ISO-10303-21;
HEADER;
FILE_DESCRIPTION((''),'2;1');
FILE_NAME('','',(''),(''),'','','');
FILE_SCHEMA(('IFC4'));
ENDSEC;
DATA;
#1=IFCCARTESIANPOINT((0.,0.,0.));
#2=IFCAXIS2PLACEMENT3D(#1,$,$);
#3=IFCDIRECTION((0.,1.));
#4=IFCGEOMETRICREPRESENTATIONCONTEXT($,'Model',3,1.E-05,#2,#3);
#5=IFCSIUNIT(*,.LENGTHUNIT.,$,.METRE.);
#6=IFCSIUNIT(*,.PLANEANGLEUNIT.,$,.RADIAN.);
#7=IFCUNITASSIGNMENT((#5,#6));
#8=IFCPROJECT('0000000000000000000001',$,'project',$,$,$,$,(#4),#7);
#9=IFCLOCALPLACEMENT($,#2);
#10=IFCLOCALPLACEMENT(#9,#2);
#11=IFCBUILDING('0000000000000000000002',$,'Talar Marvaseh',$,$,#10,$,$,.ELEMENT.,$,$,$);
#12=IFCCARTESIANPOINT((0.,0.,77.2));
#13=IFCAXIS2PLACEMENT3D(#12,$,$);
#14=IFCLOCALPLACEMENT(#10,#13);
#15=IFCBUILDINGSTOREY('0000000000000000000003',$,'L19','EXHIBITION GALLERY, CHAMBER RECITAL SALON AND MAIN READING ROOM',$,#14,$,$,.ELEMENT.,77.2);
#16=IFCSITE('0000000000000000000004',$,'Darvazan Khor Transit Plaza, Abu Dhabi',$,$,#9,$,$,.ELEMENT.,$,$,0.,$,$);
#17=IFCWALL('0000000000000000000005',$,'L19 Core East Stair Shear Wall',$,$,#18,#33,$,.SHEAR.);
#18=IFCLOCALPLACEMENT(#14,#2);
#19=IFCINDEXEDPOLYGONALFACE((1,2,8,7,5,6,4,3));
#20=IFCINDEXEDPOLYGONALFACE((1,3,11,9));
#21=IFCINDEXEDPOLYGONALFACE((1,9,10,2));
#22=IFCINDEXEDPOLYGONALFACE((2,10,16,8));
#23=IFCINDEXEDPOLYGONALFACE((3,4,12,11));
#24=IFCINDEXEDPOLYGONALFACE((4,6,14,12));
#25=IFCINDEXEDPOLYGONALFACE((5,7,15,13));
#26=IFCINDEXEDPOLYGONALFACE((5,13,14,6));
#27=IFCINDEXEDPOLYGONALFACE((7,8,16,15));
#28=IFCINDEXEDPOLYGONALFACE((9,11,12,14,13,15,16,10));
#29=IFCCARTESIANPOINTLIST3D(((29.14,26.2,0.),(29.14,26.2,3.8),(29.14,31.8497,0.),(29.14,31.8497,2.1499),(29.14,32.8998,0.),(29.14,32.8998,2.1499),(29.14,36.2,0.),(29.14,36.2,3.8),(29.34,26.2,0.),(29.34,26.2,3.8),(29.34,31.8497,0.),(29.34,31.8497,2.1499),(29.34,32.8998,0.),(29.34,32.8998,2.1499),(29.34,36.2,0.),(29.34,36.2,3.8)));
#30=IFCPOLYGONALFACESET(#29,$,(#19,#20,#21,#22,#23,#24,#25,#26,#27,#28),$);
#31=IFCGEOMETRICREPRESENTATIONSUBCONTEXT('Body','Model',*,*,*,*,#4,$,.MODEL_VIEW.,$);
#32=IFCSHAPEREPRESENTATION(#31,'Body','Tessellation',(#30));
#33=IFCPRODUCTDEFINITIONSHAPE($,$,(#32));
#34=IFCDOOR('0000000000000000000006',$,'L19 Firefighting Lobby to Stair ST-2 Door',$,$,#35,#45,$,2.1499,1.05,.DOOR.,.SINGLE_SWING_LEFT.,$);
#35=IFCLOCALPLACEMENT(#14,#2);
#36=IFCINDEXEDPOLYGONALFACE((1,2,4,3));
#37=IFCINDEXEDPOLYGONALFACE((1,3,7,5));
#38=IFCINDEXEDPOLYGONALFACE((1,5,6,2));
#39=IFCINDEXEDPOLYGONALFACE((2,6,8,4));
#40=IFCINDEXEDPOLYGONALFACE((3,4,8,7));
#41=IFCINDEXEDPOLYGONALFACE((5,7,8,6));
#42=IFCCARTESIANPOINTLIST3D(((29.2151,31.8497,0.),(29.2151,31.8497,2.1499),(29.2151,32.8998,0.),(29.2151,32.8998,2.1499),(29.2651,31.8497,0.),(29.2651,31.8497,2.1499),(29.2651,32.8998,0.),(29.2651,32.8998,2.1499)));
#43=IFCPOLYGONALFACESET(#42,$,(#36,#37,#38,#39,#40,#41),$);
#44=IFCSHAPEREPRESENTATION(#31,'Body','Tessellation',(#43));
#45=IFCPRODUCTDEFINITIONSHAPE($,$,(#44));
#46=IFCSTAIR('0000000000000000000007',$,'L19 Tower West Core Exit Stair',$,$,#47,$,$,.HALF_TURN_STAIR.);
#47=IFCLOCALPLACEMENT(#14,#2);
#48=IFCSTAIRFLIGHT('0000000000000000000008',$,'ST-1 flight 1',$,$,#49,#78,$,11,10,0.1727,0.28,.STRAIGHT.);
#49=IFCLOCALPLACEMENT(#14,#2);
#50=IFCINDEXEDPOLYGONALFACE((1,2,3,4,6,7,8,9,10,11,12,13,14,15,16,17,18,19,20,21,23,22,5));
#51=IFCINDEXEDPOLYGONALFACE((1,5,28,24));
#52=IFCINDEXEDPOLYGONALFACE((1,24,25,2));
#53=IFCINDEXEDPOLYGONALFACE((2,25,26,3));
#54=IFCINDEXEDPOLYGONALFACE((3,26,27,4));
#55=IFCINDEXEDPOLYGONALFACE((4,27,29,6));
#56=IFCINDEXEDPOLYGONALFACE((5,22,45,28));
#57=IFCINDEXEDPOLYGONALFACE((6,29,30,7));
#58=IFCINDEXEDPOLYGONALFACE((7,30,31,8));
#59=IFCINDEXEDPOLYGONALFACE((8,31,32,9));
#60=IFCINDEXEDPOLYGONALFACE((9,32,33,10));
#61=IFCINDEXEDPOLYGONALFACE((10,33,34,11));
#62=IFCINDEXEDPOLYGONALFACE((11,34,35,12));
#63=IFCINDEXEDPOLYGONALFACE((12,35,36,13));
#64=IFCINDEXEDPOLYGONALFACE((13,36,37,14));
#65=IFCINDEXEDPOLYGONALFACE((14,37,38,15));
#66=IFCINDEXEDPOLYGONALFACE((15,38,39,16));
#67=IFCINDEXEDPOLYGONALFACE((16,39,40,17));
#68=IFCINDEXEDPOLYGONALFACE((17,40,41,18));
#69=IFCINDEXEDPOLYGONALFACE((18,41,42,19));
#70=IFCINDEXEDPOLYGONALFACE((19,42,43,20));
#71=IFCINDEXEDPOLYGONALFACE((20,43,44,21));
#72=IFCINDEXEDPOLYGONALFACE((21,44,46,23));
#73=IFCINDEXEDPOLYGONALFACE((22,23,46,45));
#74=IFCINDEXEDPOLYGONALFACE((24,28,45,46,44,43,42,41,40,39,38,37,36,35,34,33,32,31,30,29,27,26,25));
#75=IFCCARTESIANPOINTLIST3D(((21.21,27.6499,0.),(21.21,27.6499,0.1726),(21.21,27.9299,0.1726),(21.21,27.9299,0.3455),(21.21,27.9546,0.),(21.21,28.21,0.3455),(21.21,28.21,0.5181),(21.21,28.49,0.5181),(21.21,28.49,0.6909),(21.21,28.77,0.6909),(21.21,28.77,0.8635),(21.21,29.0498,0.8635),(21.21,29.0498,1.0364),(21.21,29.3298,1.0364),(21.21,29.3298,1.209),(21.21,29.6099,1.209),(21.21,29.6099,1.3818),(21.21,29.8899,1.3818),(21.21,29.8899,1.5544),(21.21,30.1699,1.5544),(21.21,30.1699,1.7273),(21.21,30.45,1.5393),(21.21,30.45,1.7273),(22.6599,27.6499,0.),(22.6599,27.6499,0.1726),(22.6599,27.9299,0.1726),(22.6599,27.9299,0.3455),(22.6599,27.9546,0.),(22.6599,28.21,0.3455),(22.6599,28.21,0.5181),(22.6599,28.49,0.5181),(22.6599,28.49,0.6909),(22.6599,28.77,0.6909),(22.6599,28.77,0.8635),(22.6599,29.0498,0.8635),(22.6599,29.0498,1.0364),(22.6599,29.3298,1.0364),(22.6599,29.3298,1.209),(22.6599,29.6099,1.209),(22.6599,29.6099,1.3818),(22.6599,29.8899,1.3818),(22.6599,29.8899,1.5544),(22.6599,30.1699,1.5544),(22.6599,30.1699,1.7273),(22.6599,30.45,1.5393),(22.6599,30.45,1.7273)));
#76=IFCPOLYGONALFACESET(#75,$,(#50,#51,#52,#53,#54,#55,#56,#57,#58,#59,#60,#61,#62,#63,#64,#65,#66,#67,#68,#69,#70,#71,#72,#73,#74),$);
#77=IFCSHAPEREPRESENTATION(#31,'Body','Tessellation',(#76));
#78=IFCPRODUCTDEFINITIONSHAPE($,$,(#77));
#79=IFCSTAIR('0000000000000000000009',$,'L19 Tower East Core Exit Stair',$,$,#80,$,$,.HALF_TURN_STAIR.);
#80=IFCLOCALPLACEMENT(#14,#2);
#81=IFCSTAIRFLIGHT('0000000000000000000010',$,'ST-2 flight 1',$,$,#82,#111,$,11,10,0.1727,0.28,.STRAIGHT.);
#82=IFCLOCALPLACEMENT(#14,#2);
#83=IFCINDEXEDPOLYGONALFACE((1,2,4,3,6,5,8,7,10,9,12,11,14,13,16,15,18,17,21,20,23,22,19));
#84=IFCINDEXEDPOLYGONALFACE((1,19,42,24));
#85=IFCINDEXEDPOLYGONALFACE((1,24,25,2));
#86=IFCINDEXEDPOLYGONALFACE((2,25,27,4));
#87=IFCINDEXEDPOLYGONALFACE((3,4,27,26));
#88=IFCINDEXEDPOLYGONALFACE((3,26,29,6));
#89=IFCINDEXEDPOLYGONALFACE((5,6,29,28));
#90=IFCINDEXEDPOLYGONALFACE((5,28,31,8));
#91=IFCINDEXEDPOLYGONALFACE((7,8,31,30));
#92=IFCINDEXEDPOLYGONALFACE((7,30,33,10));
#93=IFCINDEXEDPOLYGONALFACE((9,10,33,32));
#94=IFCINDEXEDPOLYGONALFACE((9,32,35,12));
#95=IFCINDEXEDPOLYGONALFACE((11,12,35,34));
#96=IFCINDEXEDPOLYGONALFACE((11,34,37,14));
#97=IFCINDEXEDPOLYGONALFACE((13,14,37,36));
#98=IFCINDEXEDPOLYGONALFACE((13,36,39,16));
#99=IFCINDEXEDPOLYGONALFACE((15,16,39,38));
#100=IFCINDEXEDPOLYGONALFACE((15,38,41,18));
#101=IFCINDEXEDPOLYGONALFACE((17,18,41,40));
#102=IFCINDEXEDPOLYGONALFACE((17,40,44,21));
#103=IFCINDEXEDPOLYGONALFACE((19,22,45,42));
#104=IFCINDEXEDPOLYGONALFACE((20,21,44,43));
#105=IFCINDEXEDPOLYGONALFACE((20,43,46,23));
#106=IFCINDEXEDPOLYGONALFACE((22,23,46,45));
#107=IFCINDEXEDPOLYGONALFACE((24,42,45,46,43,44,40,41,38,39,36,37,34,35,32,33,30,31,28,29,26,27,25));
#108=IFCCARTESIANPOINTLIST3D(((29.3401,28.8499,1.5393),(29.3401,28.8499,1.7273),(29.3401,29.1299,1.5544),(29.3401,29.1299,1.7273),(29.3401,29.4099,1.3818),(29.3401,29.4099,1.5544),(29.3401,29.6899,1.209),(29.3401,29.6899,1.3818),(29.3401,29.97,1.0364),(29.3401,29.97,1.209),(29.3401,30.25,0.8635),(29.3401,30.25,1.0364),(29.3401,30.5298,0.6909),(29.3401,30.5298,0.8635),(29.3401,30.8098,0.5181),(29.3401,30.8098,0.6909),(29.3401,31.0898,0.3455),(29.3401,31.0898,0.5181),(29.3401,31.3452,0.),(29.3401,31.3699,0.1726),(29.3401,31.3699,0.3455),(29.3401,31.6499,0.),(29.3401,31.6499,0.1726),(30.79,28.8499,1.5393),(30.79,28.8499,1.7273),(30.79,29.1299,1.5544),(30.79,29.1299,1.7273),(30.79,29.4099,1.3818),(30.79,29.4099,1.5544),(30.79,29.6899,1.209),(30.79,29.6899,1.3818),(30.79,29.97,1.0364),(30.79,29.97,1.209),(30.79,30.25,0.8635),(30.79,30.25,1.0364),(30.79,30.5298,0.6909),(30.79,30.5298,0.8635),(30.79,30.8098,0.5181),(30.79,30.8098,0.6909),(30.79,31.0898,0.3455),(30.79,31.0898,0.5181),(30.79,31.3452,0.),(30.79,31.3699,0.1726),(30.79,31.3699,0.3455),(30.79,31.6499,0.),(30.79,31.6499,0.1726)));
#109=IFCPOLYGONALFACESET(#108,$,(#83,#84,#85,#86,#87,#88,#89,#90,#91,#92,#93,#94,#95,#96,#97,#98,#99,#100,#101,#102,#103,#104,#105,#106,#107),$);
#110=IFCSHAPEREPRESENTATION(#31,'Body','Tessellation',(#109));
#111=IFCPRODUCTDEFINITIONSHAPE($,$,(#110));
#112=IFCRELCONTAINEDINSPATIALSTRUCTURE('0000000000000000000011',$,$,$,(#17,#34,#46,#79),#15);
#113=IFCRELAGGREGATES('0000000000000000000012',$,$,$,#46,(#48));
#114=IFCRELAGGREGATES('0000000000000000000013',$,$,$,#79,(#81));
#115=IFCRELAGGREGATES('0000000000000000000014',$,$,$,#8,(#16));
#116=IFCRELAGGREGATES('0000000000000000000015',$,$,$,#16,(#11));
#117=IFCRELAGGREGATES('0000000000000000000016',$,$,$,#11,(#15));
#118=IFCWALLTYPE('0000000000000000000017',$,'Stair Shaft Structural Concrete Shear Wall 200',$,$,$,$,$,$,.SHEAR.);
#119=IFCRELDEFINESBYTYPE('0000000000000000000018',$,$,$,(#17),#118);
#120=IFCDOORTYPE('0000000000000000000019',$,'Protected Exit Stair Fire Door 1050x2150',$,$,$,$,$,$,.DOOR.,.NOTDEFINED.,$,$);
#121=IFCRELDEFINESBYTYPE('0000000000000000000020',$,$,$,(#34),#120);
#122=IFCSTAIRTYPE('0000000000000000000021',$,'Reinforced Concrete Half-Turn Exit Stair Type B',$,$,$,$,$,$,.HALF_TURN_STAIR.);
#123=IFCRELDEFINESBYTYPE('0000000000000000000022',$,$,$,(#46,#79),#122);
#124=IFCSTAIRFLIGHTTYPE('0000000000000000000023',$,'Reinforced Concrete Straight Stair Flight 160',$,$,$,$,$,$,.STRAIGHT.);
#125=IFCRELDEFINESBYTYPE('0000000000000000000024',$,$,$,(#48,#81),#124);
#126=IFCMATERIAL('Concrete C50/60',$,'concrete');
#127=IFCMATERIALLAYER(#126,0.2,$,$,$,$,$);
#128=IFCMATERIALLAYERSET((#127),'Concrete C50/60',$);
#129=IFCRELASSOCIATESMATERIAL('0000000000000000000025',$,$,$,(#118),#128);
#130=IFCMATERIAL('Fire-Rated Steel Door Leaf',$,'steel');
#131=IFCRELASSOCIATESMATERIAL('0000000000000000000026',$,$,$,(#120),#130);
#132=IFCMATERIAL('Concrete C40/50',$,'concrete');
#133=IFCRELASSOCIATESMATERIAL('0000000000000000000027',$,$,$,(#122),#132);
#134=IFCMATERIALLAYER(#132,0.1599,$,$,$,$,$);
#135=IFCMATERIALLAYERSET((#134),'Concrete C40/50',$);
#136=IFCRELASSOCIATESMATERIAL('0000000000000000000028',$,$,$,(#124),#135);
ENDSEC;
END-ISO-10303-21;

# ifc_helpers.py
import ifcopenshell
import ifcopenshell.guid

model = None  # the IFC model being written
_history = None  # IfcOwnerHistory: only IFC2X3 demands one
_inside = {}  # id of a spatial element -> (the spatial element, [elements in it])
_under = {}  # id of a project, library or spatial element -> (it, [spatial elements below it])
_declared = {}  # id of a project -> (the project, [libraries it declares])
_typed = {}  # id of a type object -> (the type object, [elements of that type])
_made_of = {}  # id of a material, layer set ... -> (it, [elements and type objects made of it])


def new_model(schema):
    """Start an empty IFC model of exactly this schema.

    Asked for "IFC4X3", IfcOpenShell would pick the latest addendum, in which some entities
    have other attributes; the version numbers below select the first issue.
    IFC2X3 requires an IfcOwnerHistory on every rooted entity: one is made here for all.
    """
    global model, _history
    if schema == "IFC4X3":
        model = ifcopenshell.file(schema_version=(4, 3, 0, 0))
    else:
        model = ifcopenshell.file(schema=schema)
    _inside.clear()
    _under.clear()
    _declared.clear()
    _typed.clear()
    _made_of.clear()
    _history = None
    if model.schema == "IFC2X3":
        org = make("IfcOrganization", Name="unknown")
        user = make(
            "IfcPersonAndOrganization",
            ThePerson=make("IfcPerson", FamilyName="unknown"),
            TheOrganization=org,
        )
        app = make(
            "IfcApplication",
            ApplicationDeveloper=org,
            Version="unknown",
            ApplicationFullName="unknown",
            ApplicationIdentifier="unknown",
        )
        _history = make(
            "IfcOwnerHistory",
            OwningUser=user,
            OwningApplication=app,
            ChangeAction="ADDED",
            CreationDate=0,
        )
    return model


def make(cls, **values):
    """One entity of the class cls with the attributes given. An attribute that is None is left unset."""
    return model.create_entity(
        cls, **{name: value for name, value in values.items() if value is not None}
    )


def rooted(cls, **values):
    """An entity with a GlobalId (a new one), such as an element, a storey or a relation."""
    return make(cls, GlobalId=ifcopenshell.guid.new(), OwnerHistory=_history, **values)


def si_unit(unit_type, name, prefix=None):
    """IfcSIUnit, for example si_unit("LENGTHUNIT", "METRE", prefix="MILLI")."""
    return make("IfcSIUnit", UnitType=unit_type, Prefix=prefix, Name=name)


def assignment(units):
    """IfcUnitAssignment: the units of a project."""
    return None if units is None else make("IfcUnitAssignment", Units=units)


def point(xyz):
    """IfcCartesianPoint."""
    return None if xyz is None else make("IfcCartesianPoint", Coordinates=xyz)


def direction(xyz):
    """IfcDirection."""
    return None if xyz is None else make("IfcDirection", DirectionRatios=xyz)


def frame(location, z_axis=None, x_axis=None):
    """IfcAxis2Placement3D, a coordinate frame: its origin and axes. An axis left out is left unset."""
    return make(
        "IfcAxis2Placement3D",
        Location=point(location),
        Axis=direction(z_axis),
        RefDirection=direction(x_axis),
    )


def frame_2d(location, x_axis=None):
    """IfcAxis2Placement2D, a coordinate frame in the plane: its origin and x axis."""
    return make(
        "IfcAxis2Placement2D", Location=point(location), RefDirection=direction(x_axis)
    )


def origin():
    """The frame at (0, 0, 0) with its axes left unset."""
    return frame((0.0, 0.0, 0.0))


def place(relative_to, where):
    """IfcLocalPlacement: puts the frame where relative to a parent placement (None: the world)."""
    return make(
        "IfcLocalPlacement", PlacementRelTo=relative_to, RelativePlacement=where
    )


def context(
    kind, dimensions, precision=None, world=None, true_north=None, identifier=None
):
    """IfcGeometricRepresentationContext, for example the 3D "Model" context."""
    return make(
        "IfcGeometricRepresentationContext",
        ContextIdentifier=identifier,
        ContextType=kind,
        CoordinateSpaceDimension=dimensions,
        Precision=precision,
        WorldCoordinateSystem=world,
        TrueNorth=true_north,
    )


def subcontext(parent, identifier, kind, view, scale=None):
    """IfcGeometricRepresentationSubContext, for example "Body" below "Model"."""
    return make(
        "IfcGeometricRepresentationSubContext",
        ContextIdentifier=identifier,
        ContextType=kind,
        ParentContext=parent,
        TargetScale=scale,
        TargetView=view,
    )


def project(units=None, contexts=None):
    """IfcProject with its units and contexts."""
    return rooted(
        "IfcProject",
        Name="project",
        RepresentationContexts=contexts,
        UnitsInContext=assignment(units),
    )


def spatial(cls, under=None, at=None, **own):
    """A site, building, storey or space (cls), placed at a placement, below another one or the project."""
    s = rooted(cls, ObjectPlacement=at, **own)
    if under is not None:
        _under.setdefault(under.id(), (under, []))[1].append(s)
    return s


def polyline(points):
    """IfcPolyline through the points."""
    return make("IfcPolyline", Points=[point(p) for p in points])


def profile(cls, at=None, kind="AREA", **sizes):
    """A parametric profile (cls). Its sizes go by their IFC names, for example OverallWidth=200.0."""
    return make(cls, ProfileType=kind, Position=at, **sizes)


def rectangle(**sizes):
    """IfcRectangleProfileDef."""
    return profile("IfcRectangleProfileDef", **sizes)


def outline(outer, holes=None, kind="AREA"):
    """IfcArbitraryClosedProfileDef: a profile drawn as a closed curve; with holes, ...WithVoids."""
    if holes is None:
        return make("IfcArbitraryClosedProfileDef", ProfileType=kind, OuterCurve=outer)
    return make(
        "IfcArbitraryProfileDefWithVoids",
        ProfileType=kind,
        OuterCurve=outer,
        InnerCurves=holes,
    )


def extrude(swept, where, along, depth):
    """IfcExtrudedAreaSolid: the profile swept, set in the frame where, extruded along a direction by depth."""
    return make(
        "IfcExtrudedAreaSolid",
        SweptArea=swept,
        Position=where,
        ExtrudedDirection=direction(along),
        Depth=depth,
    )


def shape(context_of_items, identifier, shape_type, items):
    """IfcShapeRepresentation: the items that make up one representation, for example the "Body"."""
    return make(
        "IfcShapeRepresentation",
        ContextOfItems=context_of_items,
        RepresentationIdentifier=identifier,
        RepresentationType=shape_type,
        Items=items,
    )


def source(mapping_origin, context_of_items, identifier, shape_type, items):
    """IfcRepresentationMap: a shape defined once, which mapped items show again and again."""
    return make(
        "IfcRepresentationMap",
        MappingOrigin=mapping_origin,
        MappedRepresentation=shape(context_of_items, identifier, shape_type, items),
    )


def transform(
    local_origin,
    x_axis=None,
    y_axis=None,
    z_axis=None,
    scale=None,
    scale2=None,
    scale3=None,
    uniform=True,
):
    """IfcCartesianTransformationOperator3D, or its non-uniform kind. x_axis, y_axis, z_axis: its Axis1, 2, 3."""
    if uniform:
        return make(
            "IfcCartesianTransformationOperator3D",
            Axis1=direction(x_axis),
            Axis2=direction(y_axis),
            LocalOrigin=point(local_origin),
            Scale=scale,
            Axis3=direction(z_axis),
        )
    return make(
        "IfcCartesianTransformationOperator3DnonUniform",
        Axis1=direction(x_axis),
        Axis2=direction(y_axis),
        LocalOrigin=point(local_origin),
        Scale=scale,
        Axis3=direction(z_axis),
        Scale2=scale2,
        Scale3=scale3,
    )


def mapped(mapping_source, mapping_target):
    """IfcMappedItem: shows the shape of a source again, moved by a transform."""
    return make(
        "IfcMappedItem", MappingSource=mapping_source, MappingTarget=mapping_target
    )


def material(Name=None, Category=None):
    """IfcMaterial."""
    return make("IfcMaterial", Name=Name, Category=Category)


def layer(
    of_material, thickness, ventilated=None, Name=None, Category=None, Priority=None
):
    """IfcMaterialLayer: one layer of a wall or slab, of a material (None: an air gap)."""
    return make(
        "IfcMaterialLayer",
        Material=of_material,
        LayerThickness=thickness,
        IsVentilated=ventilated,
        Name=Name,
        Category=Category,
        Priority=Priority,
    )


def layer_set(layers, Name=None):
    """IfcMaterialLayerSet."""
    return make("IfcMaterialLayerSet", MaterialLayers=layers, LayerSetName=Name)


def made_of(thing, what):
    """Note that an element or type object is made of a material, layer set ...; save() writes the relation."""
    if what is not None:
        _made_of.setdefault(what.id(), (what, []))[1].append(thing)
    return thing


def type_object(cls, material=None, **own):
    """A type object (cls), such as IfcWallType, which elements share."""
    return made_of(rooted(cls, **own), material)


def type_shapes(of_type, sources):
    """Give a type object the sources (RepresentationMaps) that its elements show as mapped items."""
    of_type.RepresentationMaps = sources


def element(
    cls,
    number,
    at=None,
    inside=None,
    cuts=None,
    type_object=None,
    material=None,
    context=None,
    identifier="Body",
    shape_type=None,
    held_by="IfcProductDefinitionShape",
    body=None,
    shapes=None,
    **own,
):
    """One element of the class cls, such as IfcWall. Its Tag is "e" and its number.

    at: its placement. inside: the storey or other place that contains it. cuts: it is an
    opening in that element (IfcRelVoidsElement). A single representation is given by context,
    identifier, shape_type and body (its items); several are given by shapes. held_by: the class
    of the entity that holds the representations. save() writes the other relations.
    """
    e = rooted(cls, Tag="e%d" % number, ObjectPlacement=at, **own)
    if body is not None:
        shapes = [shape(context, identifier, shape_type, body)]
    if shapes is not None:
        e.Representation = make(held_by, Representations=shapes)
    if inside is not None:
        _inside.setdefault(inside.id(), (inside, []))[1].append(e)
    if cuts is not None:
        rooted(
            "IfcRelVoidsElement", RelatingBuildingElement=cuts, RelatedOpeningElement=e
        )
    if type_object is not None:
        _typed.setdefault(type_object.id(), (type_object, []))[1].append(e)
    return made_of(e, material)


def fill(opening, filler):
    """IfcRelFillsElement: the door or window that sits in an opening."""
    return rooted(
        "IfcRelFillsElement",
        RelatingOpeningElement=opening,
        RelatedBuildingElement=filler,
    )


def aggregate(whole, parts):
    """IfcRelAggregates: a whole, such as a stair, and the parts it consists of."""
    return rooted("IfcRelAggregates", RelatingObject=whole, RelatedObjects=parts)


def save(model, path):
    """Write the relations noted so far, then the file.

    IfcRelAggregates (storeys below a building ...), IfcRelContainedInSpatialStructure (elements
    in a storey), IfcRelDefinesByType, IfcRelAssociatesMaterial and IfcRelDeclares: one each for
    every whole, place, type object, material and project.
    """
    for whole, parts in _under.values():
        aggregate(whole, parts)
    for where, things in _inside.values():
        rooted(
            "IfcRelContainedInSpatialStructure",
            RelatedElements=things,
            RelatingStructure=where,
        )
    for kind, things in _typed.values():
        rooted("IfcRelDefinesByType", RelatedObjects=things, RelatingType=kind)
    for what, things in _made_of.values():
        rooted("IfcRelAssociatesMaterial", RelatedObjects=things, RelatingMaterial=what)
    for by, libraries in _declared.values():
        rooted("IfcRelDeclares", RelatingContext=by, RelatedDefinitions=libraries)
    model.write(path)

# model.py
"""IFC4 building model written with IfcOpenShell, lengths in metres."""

from ifc_helpers import new_model, si_unit, direction, frame, frame_2d, origin, place, context, subcontext, project, spatial, polyline, rectangle, outline, extrude, source, transform, mapped, material, layer, layer_set, type_object, type_shapes, element, fill, aggregate, save


model = new_model("IFC4")

# Units and contexts
model_context = context("Model", 3, precision=1e-05, world=origin(), true_north=direction((0.0, 1.0)))
body_context = subcontext(model_context, "Body", "Model", "MODEL_VIEW")
ifc_project = project(units=[si_unit("LENGTHUNIT", "METRE"), si_unit("PLANEANGLEUNIT", "RADIAN")], contexts=[model_context])

# Site, building, storey
site_placement = place(None, origin())
site = spatial("IfcSite", under=ifc_project, at=site_placement, Name="Darvazan Khor Transit Plaza, Abu Dhabi", CompositionType="ELEMENT", RefElevation=0.0)
building_placement = place(site_placement, origin())
building = spatial("IfcBuilding", under=site, at=building_placement, Name="Talar Marvaseh", CompositionType="ELEMENT")
storey_placement = place(building_placement, frame((0.0, 0.0, 77.2)))
storey = spatial("IfcBuildingStorey", under=building, at=storey_placement, Name="L19", Description="EXHIBITION GALLERY, CHAMBER RECITAL SALON AND MAIN READING ROOM", CompositionType="ELEMENT", Elevation=77.2)

# Shared definitions
ifc_material_1 = material(Name="Concrete C40/50", Category="concrete")

# Shared definitions
ifc_material_2 = material(Name="Fire-Rated Steel Door Leaf", Category="steel")

# Shared definitions
ifc_material_3 = material(Name="Concrete C50/60", Category="concrete")
ifc_layer_1 = layer(ifc_material_3, 0.2)
ifc_layer_set_1 = layer_set([ifc_layer_1], Name="Concrete C50/60")
wall_type_1 = type_object("IfcWallType", Name="Stair Shaft Structural Concrete Shear Wall 200", PredefinedType="SHEAR", material=ifc_layer_set_1)

# Wall, opening, door
wall_1_placement = place(storey_placement, frame((29.24, 26.2, 0.0), z_axis=(0.0, 0.0, 1.0), x_axis=(0.0, 1.0, 0.0)))
wall_1 = element("IfcWall", 1, at=wall_1_placement, inside=storey, type_object=wall_type_1, Name="L19 Core East Stair Shear Wall", PredefinedType="SHEAR", context=body_context, shape_type="SweptSolid", body=[
    extrude(rectangle(XDim=10.0, YDim=0.2, at=frame_2d((5.0, 0.0))), origin(), (0.0, 0.0, 1.0), 3.8),
])
opening_1_placement = place(wall_1_placement, frame((5.6499, 0.0, 0.0)))
opening_1 = element("IfcOpeningElement", 2, at=opening_1_placement, cuts=wall_1, PredefinedType="OPENING", context=body_context, shape_type="SweptSolid", body=[
    extrude(rectangle(XDim=1.05, YDim=2.1499, at=frame_2d((0.5249, 1.075))), frame((0.0, 0.1099, 0.0), z_axis=(0.0, -1.0, 0.0), x_axis=(1.0, 0.0, 0.0)), (0.0, 0.0, 1.0), 0.22),
])
door_type_1 = type_object("IfcDoorType", Name="Protected Exit Stair Fire Door 1050x2150", OperationType="NOTDEFINED", PredefinedType="DOOR", material=ifc_material_2)
shared_shape_1 = source(origin(), body_context, "Body", "SweptSolid", [
    extrude(rectangle(XDim=1.05, YDim=2.1499, at=frame_2d((0.5249, 1.075))), frame((0.0, 0.0249, 0.0), z_axis=(0.0, -1.0, 0.0), x_axis=(1.0, 0.0, 0.0)), (0.0, 0.0, 1.0), 0.05),
])
type_shapes(door_type_1, [shared_shape_1])
door_1_placement = place(opening_1_placement, origin())
door_1 = element("IfcDoor", 3, at=door_1_placement, inside=storey, type_object=door_type_1, Name="L19 Firefighting Lobby to Stair ST-2 Door", OperationType="SINGLE_SWING_LEFT", OverallHeight=2.1499, OverallWidth=1.05, PredefinedType="DOOR", context=body_context, shape_type="MappedRepresentation", body=[
    mapped(shared_shape_1, transform((0.0, 0.0, 0.0), x_axis=(1.0, 0.0, 0.0), y_axis=(0.0, 1.0, 0.0), z_axis=(0.0, 0.0, 1.0), scale=1.0)),
])
fill(opening_1, door_1)

# Stairs, stair flights
stair_type = type_object("IfcStairType", Name="Reinforced Concrete Half-Turn Exit Stair Type B", PredefinedType="HALF_TURN_STAIR", material=ifc_material_1)
stair_1_placement = place(storey_placement, origin())
stair_1 = element("IfcStair", 4, at=stair_1_placement, inside=storey, type_object=stair_type, Name="L19 Tower West Core Exit Stair", PredefinedType="HALF_TURN_STAIR")
ifc_layer_2 = layer(ifc_material_1, 0.1599)
ifc_layer_set_2 = layer_set([ifc_layer_2], Name="Concrete C40/50")
stair_flight_type = type_object("IfcStairFlightType", Name="Reinforced Concrete Straight Stair Flight 160", PredefinedType="STRAIGHT", material=ifc_layer_set_2)
stair_flight_1_placement = place(storey_placement, frame((21.9351, 27.6499, 0.0), z_axis=(0.0, 0.0, 1.0), x_axis=(0.0, 1.0, 0.0)))
stair_flight_1 = element("IfcStairFlight", 5, at=stair_flight_1_placement, type_object=stair_flight_type, Name="ST-1 flight 1", NumberOfRisers=11, NumberOfTreads=10, PredefinedType="STRAIGHT", RiserHeight=0.1727, TreadLength=0.28, context=body_context, shape_type="SweptSolid", body=[
    extrude(outline(polyline([(0.0, 0.0), (0.0, 0.1726), (0.28, 0.1726), (0.28, 0.3455), (0.5601, 0.3455), (0.5601, 0.5181), (0.8401, 0.5181), (0.8401, 0.6909), (1.1201, 0.6909), (1.1201, 0.8635), (1.3999, 0.8635), (1.3999, 1.0364), (1.6799, 1.0364), (1.6799, 1.209), (1.96, 1.209), (1.96, 1.3818), (2.24, 1.3818), (2.24, 1.5544), (2.52, 1.5544), (2.52, 1.7273), (2.8, 1.7273), (2.8, 1.8999), (2.8, 1.5393), (0.3047, 0.0), (0.0, 0.0)])), frame((0.0, 0.7251, 0.0), z_axis=(0.0, -1.0, 0.0), x_axis=(1.0, 0.0, 0.0)), (0.0, 0.0, 1.0), 1.45),
])
aggregate(stair_1, [stair_flight_1])
stair_2_placement = place(storey_placement, origin())
stair_2 = element("IfcStair", 6, at=stair_2_placement, inside=storey, type_object=stair_type, Name="L19 Tower East Core Exit Stair", PredefinedType="HALF_TURN_STAIR")
stair_flight_2_placement = place(storey_placement, frame((30.0649, 31.6499, 0.0), z_axis=(0.0, 0.0, 1.0), x_axis=(0.0, -1.0, 0.0)))
stair_flight_2 = element("IfcStairFlight", 7, at=stair_flight_2_placement, type_object=stair_flight_type, Name="ST-2 flight 1", NumberOfRisers=11, NumberOfTreads=10, PredefinedType="STRAIGHT", RiserHeight=0.1727, TreadLength=0.28, context=body_context, shape_type="SweptSolid", body=[
    extrude(outline(polyline([(0.0, 0.0), (0.0, 0.1726), (0.28, 0.1726), (0.28, 0.3455), (0.5601, 0.3455), (0.5601, 0.5181), (0.8401, 0.5181), (0.8401, 0.6909), (1.1201, 0.6909), (1.1201, 0.8635), (1.3999, 0.8635), (1.3999, 1.0364), (1.6799, 1.0364), (1.6799, 1.209), (1.96, 1.209), (1.96, 1.3818), (2.24, 1.3818), (2.24, 1.5544), (2.52, 1.5544), (2.52, 1.7273), (2.8, 1.7273), (2.8, 1.8999), (2.8, 1.5393), (0.3047, 0.0), (0.0, 0.0)])), frame((0.0, 0.7251, 0.0), z_axis=(0.0, -1.0, 0.0), x_axis=(1.0, 0.0, 0.0)), (0.0, 0.0, 1.0), 1.45),
])
aggregate(stair_2, [stair_flight_2])

save(model, "model.ifc")
